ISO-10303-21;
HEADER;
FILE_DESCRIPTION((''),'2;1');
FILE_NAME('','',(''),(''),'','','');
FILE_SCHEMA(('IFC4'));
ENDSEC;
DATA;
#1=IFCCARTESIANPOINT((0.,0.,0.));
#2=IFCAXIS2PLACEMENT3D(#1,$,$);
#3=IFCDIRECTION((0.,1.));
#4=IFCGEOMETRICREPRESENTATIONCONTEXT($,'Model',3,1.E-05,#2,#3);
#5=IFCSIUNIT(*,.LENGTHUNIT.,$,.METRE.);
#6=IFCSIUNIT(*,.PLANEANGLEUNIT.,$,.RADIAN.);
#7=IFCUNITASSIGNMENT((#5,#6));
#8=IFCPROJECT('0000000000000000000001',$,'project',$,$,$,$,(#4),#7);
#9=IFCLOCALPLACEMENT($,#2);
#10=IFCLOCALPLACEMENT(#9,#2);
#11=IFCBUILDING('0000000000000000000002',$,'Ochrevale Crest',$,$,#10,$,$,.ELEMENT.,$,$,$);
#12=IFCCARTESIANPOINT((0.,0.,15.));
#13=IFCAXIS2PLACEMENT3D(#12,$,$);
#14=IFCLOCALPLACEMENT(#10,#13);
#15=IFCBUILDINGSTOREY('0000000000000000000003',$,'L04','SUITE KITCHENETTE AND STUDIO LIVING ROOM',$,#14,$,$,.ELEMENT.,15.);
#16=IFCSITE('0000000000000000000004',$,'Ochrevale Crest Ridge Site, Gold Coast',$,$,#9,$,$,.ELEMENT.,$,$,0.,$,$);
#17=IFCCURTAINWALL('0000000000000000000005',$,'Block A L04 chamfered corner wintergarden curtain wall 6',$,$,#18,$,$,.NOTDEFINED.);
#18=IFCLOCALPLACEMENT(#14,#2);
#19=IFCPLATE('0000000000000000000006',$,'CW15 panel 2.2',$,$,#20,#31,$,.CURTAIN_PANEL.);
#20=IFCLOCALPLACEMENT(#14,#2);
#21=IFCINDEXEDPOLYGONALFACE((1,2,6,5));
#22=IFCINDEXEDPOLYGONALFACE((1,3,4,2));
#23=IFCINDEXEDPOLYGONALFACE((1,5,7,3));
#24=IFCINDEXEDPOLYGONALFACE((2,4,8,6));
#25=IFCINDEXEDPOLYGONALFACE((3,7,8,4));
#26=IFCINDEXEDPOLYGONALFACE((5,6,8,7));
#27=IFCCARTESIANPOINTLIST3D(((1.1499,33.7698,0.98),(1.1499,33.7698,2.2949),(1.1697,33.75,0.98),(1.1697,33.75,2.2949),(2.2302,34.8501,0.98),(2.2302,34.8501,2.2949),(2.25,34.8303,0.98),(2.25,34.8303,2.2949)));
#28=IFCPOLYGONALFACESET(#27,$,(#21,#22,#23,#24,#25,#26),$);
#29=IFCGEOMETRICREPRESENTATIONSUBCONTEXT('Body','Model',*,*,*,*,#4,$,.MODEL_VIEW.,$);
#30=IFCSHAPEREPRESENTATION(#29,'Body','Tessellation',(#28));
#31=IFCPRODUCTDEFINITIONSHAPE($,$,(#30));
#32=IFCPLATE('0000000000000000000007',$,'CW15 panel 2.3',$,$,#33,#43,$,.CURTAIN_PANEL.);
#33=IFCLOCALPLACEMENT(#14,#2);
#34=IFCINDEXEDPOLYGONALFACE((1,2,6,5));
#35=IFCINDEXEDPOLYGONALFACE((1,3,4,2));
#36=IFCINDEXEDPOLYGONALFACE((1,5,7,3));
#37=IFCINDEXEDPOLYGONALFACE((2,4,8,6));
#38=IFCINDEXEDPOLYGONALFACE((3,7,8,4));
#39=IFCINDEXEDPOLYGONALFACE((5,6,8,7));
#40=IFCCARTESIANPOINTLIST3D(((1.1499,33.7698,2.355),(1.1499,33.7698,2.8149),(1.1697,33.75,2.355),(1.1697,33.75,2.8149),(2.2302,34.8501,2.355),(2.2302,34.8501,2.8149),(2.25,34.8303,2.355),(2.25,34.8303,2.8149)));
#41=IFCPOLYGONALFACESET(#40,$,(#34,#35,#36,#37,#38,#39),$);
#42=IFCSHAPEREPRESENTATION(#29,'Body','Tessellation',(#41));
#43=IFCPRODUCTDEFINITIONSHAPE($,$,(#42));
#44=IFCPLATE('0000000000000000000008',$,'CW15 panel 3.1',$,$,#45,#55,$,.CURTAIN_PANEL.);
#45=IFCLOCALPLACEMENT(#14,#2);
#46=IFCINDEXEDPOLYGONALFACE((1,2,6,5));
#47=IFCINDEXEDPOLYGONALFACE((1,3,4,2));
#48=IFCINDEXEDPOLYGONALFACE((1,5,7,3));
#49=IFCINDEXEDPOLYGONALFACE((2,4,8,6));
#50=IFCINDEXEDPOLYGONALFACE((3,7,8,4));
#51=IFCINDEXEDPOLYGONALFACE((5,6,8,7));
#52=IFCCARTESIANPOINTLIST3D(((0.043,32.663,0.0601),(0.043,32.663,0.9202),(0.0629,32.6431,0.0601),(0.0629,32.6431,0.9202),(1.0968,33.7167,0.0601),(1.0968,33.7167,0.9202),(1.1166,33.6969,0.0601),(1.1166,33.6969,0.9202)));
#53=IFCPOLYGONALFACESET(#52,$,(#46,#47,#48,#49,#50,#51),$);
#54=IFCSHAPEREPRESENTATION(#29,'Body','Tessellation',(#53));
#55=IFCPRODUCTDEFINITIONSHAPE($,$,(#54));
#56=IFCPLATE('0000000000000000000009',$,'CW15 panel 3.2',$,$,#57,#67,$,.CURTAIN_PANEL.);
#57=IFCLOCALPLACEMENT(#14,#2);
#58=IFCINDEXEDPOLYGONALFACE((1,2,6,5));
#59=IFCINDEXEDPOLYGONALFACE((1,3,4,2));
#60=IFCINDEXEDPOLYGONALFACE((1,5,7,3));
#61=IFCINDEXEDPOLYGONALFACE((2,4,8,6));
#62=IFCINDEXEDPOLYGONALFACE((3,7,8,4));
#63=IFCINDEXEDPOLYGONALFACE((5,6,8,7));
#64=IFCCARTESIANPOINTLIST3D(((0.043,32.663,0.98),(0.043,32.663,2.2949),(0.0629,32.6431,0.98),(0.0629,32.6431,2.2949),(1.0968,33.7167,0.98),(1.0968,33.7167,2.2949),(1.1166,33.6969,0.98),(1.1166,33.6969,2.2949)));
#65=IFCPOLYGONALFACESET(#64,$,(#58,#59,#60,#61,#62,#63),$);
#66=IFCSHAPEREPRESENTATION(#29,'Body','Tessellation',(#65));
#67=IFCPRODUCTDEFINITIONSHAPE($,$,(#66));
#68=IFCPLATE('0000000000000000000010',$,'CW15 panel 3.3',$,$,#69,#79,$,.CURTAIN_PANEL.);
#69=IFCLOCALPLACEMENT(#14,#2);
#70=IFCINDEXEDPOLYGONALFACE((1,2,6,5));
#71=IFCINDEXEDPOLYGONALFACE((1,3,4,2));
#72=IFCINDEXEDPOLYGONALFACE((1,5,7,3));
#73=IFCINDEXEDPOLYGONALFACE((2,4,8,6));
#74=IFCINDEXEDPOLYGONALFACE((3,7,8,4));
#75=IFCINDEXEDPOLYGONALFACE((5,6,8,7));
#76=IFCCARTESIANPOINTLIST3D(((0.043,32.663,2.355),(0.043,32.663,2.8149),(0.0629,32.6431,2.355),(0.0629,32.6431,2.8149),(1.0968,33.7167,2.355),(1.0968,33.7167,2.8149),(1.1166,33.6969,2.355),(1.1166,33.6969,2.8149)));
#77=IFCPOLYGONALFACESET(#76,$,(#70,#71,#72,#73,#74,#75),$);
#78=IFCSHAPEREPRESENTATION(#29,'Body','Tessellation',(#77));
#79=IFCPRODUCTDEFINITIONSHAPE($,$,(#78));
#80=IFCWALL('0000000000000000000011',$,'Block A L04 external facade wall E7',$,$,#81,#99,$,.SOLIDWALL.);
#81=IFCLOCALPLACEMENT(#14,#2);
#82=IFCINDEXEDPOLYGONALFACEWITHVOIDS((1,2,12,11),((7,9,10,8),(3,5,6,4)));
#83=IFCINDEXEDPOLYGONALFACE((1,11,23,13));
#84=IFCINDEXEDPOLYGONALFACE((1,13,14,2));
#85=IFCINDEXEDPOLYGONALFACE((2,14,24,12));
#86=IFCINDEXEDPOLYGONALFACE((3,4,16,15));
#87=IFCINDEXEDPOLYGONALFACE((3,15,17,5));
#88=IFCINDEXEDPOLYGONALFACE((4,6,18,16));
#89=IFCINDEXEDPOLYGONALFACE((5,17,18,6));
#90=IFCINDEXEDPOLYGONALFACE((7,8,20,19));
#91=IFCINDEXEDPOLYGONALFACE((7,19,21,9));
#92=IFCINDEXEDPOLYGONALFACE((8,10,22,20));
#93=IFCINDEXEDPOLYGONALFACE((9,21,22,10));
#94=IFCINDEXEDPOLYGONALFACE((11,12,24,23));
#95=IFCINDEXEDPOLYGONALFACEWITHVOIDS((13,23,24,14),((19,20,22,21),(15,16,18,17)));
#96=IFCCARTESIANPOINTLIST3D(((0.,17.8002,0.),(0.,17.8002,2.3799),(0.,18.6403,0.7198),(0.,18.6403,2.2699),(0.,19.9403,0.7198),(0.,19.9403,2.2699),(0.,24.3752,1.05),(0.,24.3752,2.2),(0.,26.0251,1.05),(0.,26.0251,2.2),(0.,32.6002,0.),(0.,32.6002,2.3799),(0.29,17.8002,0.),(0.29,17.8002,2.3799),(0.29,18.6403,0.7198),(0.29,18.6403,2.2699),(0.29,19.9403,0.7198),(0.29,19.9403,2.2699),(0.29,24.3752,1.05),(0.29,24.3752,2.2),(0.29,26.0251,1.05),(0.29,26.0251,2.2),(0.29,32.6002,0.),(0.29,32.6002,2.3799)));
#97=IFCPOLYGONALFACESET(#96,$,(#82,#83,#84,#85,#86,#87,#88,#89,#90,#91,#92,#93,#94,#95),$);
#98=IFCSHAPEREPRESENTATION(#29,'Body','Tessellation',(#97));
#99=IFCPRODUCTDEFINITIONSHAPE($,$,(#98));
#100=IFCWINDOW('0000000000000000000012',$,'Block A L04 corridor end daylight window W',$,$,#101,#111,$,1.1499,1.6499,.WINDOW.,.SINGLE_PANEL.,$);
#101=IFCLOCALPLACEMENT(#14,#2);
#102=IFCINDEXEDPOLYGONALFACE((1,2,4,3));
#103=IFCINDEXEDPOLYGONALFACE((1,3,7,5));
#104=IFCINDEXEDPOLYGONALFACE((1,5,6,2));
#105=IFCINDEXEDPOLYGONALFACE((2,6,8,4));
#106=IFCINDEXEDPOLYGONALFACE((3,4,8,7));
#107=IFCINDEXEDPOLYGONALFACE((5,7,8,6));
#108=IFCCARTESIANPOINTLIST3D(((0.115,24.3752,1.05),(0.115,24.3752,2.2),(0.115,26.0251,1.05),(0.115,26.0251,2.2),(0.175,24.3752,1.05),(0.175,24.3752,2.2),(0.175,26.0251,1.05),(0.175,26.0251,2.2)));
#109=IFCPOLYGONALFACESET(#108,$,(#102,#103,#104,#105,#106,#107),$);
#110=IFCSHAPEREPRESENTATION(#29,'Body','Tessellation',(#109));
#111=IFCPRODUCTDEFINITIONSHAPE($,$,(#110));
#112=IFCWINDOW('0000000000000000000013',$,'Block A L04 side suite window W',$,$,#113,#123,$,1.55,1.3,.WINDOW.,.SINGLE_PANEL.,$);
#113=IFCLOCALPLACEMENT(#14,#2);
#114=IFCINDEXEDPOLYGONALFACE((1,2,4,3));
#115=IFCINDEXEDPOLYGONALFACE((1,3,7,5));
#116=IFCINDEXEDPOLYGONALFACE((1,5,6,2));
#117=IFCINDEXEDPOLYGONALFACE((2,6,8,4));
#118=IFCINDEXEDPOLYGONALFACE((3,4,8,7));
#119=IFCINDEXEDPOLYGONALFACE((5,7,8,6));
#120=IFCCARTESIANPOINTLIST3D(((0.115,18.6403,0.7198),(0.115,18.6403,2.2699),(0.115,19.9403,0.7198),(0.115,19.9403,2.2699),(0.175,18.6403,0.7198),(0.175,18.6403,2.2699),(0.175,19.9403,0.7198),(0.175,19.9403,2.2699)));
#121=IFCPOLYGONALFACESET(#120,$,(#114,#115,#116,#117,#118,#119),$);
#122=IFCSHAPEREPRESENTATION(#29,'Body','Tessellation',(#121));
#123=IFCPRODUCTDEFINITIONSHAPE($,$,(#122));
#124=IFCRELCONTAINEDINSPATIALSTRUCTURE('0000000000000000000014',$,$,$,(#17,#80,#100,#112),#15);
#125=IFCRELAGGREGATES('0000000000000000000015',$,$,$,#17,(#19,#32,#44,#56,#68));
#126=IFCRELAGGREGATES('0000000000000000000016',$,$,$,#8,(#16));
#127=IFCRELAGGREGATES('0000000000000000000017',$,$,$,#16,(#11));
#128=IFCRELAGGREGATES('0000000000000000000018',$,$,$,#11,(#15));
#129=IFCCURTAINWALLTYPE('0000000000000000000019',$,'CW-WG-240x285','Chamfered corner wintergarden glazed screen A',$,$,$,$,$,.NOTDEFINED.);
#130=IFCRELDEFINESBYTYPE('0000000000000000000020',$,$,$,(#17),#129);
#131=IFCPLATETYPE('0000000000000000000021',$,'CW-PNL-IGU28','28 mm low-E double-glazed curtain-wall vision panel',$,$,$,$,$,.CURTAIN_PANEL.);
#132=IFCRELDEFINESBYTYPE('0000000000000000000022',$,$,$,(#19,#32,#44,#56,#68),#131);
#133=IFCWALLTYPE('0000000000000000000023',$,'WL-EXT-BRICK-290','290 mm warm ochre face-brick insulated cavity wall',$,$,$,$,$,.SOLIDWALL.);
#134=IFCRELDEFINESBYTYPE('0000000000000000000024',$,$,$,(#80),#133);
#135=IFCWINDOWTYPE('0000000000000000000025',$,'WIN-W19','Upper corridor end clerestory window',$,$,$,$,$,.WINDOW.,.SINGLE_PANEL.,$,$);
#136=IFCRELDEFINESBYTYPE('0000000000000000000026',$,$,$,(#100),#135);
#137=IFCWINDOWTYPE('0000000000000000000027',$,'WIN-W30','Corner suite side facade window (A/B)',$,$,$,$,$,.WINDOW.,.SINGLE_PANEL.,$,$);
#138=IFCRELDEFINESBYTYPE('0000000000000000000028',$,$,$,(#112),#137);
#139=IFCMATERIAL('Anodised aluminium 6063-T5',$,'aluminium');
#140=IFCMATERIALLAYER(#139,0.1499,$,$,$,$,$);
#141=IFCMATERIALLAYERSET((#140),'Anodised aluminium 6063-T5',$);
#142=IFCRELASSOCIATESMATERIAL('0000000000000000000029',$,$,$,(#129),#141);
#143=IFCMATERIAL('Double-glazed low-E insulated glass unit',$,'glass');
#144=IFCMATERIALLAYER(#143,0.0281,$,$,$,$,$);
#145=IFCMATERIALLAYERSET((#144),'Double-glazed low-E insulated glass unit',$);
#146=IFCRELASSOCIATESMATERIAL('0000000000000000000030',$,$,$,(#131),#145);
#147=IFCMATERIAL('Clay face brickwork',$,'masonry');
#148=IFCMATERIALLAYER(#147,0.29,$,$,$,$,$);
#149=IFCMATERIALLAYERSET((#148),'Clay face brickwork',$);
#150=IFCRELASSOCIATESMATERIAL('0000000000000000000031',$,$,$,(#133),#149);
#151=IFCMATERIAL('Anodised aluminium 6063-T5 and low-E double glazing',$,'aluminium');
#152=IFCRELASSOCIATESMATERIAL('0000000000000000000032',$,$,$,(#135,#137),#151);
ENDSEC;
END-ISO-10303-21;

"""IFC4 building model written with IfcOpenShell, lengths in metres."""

from ifc_helpers import new_model, si_unit, direction, frame, frame_2d, origin, origin_2d, place, context, subcontext, project, spatial, rectangle, extrude, material, layer, layer_set, type_object, element, fill, aggregate, save


model = new_model("IFC4")

# Units and contexts
model_context = context("Model", 3, precision=1e-05, world=origin(), true_north=direction((0.0, 1.0)))
body_context = subcontext(model_context, "Body", "Model", "MODEL_VIEW")
ifc_project = project(units=[si_unit("LENGTHUNIT", "METRE"), si_unit("PLANEANGLEUNIT", "RADIAN")], contexts=[model_context])

# Site, building, storey
site_placement = place(None, origin())
site = spatial("IfcSite", under=ifc_project, at=site_placement, Name="Ochrevale Crest Ridge Site, Gold Coast", CompositionType="ELEMENT", RefElevation=0.0)
building_placement = place(site_placement, origin())
building = spatial("IfcBuilding", under=site, at=building_placement, Name="Ochrevale Crest", CompositionType="ELEMENT")
storey_placement = place(building_placement, frame((0.0, 0.0, 15.0)))
storey = spatial("IfcBuildingStorey", under=building, at=storey_placement, Name="L04", Description="SUITE KITCHENETTE AND STUDIO LIVING ROOM", CompositionType="ELEMENT", Elevation=15.0)

# Curtain wall, plates
ifc_material_1 = material(Name="Anodised aluminium 6063-T5", Category="aluminium")
ifc_layer_1 = layer(ifc_material_1, 0.1499)
ifc_layer_set_1 = layer_set([ifc_layer_1], Name="Anodised aluminium 6063-T5")
curtain_wall_type = type_object("IfcCurtainWallType", Name="CW-WG-240x285", Description="Chamfered corner wintergarden glazed screen A", PredefinedType="NOTDEFINED", material=ifc_layer_set_1)
curtain_wall_placement = place(storey_placement, origin())
curtain_wall = element("IfcCurtainWall", 1, at=curtain_wall_placement, inside=storey, type_object=curtain_wall_type, Name="Block A L04 chamfered corner wintergarden curtain wall 6", PredefinedType="NOTDEFINED")
ifc_material_2 = material(Name="Double-glazed low-E insulated glass unit", Category="glass")
ifc_layer_2 = layer(ifc_material_2, 0.0281)
ifc_layer_set_2 = layer_set([ifc_layer_2], Name="Double-glazed low-E insulated glass unit")
plate_type = type_object("IfcPlateType", Name="CW-PNL-IGU28", Description="28 mm low-E double-glazed curtain-wall vision panel", PredefinedType="CURTAIN_PANEL", material=ifc_layer_set_2)
plate_1_placement = place(storey_placement, frame((1.7, 34.3, 0.98), z_axis=(0.0, 0.0, 1.0), x_axis=(-0.707107, -0.707107, 0.0)))
plate_1 = element("IfcPlate", 2, at=plate_1_placement, type_object=plate_type, Name="CW15 panel 2.2", PredefinedType="CURTAIN_PANEL", context=body_context, shape_type="SweptSolid", body=[
    extrude(rectangle(XDim=1.5278, YDim=0.0281, at=origin_2d()), origin(), (0.0, 0.0, 1.0), 1.3149),
])
plate_2_placement = place(storey_placement, frame((1.7, 34.3, 2.355), z_axis=(0.0, 0.0, 1.0), x_axis=(-0.707107, -0.707107, 0.0)))
plate_2 = element("IfcPlate", 3, at=plate_2_placement, type_object=plate_type, Name="CW15 panel 2.3", PredefinedType="CURTAIN_PANEL", context=body_context, shape_type="SweptSolid", body=[
    extrude(rectangle(XDim=1.5278, YDim=0.0281, at=origin_2d()), origin(), (0.0, 0.0, 1.0), 0.46),
])
plate_3_placement = place(storey_placement, frame((0.5798, 33.1799, 0.0601), z_axis=(0.0, 0.0, 1.0), x_axis=(-0.707107, -0.707107, 0.0)))
plate_3 = element("IfcPlate", 4, at=plate_3_placement, type_object=plate_type, Name="CW15 panel 3.1", PredefinedType="CURTAIN_PANEL", context=body_context, shape_type="SweptSolid", body=[
    extrude(rectangle(XDim=1.4902, YDim=0.0281, at=origin_2d()), origin(), (0.0, 0.0, 1.0), 0.8601),
])
plate_4_placement = place(storey_placement, frame((0.5798, 33.1799, 0.98), z_axis=(0.0, 0.0, 1.0), x_axis=(-0.707107, -0.707107, 0.0)))
plate_4 = element("IfcPlate", 5, at=plate_4_placement, type_object=plate_type, Name="CW15 panel 3.2", PredefinedType="CURTAIN_PANEL", context=body_context, shape_type="SweptSolid", body=[
    extrude(rectangle(XDim=1.4902, YDim=0.0281, at=origin_2d()), origin(), (0.0, 0.0, 1.0), 1.3149),
])
plate_5_placement = place(storey_placement, frame((0.5798, 33.1799, 2.355), z_axis=(0.0, 0.0, 1.0), x_axis=(-0.707107, -0.707107, 0.0)))
plate_5 = element("IfcPlate", 6, at=plate_5_placement, type_object=plate_type, Name="CW15 panel 3.3", PredefinedType="CURTAIN_PANEL", context=body_context, shape_type="SweptSolid", body=[
    extrude(rectangle(XDim=1.4902, YDim=0.0281, at=origin_2d()), origin(), (0.0, 0.0, 1.0), 0.46),
])
aggregate(curtain_wall, [plate_1, plate_2, plate_3, plate_4, plate_5])

# Wall, openings, windows
ifc_material_3 = material(Name="Clay face brickwork", Category="masonry")
ifc_layer_3 = layer(ifc_material_3, 0.29)
ifc_layer_set_3 = layer_set([ifc_layer_3], Name="Clay face brickwork")
wall_type = type_object("IfcWallType", Name="WL-EXT-BRICK-290", Description="290 mm warm ochre face-brick insulated cavity wall", PredefinedType="SOLIDWALL", material=ifc_layer_set_3)
wall_placement = place(storey_placement, frame((0.145, 32.6001, 0.0), z_axis=(0.0, 0.0, 1.0), x_axis=(0.0, -1.0, 0.0)))
wall = element("IfcWall", 7, at=wall_placement, inside=storey, type_object=wall_type, Name="Block A L04 external facade wall E7", PredefinedType="SOLIDWALL", context=body_context, shape_type="SweptSolid", body=[
    extrude(rectangle(XDim=14.8, YDim=0.29, at=frame_2d((7.3999, 0.0))), origin(), (0.0, 0.0, 1.0), 2.3799),
])
opening_1_placement = place(wall_placement, frame((6.575, 0.0, 1.05)))
opening_1 = element("IfcOpeningElement", 8, at=opening_1_placement, cuts=wall, PredefinedType="OPENING", context=body_context, shape_type="SweptSolid", body=[
    extrude(rectangle(XDim=1.6499, YDim=1.1499, at=frame_2d((0.825, 0.575))), frame((0.0, 0.155, 0.0), z_axis=(0.0, -1.0, 0.0), x_axis=(1.0, 0.0, 0.0)), (0.0, 0.0, 1.0), 0.3101),
])
opening_2_placement = place(wall_placement, frame((12.6599, 0.0, 0.72)))
opening_2 = element("IfcOpeningElement", 9, at=opening_2_placement, cuts=wall, PredefinedType="OPENING", context=body_context, shape_type="SweptSolid", body=[
    extrude(rectangle(XDim=1.3, YDim=1.55, at=frame_2d((0.6499, 0.7749))), frame((0.0, 0.155, 0.0), z_axis=(0.0, -1.0, 0.0), x_axis=(1.0, 0.0, 0.0)), (0.0, 0.0, 1.0), 0.3101),
])
ifc_material_4 = material(Name="Anodised aluminium 6063-T5 and low-E double glazing", Category="aluminium")
window_type_1 = type_object("IfcWindowType", Name="WIN-W19", Description="Upper corridor end clerestory window", PartitioningType="SINGLE_PANEL", PredefinedType="WINDOW", material=ifc_material_4)
window_1_placement = place(opening_1_placement, origin())
window_1 = element("IfcWindow", 10, at=window_1_placement, inside=storey, type_object=window_type_1, Name="Block A L04 corridor end daylight window W", OverallHeight=1.1499, OverallWidth=1.6499, PartitioningType="SINGLE_PANEL", PredefinedType="WINDOW", context=body_context, shape_type="SweptSolid", body=[
    extrude(rectangle(XDim=1.6499, YDim=1.1499, at=frame_2d((0.825, 0.575))), frame((0.0, 0.03, 0.0), z_axis=(0.0, -1.0, 0.0), x_axis=(1.0, 0.0, 0.0)), (0.0, 0.0, 1.0), 0.0601),
])
fill(opening_1, window_1)
window_type_2 = type_object("IfcWindowType", Name="WIN-W30", Description="Corner suite side facade window (A/B)", PartitioningType="SINGLE_PANEL", PredefinedType="WINDOW", material=ifc_material_4)
window_2_placement = place(opening_2_placement, origin())
window_2 = element("IfcWindow", 11, at=window_2_placement, inside=storey, type_object=window_type_2, Name="Block A L04 side suite window W", OverallHeight=1.55, OverallWidth=1.3, PartitioningType="SINGLE_PANEL", PredefinedType="WINDOW", context=body_context, shape_type="SweptSolid", body=[
    extrude(rectangle(XDim=1.3, YDim=1.55, at=frame_2d((0.6499, 0.7749))), frame((0.0, 0.03, 0.0), z_axis=(0.0, -1.0, 0.0), x_axis=(1.0, 0.0, 0.0)), (0.0, 0.0, 1.0), 0.0601),
])
fill(opening_2, window_2)

save(model, "model.ifc")
